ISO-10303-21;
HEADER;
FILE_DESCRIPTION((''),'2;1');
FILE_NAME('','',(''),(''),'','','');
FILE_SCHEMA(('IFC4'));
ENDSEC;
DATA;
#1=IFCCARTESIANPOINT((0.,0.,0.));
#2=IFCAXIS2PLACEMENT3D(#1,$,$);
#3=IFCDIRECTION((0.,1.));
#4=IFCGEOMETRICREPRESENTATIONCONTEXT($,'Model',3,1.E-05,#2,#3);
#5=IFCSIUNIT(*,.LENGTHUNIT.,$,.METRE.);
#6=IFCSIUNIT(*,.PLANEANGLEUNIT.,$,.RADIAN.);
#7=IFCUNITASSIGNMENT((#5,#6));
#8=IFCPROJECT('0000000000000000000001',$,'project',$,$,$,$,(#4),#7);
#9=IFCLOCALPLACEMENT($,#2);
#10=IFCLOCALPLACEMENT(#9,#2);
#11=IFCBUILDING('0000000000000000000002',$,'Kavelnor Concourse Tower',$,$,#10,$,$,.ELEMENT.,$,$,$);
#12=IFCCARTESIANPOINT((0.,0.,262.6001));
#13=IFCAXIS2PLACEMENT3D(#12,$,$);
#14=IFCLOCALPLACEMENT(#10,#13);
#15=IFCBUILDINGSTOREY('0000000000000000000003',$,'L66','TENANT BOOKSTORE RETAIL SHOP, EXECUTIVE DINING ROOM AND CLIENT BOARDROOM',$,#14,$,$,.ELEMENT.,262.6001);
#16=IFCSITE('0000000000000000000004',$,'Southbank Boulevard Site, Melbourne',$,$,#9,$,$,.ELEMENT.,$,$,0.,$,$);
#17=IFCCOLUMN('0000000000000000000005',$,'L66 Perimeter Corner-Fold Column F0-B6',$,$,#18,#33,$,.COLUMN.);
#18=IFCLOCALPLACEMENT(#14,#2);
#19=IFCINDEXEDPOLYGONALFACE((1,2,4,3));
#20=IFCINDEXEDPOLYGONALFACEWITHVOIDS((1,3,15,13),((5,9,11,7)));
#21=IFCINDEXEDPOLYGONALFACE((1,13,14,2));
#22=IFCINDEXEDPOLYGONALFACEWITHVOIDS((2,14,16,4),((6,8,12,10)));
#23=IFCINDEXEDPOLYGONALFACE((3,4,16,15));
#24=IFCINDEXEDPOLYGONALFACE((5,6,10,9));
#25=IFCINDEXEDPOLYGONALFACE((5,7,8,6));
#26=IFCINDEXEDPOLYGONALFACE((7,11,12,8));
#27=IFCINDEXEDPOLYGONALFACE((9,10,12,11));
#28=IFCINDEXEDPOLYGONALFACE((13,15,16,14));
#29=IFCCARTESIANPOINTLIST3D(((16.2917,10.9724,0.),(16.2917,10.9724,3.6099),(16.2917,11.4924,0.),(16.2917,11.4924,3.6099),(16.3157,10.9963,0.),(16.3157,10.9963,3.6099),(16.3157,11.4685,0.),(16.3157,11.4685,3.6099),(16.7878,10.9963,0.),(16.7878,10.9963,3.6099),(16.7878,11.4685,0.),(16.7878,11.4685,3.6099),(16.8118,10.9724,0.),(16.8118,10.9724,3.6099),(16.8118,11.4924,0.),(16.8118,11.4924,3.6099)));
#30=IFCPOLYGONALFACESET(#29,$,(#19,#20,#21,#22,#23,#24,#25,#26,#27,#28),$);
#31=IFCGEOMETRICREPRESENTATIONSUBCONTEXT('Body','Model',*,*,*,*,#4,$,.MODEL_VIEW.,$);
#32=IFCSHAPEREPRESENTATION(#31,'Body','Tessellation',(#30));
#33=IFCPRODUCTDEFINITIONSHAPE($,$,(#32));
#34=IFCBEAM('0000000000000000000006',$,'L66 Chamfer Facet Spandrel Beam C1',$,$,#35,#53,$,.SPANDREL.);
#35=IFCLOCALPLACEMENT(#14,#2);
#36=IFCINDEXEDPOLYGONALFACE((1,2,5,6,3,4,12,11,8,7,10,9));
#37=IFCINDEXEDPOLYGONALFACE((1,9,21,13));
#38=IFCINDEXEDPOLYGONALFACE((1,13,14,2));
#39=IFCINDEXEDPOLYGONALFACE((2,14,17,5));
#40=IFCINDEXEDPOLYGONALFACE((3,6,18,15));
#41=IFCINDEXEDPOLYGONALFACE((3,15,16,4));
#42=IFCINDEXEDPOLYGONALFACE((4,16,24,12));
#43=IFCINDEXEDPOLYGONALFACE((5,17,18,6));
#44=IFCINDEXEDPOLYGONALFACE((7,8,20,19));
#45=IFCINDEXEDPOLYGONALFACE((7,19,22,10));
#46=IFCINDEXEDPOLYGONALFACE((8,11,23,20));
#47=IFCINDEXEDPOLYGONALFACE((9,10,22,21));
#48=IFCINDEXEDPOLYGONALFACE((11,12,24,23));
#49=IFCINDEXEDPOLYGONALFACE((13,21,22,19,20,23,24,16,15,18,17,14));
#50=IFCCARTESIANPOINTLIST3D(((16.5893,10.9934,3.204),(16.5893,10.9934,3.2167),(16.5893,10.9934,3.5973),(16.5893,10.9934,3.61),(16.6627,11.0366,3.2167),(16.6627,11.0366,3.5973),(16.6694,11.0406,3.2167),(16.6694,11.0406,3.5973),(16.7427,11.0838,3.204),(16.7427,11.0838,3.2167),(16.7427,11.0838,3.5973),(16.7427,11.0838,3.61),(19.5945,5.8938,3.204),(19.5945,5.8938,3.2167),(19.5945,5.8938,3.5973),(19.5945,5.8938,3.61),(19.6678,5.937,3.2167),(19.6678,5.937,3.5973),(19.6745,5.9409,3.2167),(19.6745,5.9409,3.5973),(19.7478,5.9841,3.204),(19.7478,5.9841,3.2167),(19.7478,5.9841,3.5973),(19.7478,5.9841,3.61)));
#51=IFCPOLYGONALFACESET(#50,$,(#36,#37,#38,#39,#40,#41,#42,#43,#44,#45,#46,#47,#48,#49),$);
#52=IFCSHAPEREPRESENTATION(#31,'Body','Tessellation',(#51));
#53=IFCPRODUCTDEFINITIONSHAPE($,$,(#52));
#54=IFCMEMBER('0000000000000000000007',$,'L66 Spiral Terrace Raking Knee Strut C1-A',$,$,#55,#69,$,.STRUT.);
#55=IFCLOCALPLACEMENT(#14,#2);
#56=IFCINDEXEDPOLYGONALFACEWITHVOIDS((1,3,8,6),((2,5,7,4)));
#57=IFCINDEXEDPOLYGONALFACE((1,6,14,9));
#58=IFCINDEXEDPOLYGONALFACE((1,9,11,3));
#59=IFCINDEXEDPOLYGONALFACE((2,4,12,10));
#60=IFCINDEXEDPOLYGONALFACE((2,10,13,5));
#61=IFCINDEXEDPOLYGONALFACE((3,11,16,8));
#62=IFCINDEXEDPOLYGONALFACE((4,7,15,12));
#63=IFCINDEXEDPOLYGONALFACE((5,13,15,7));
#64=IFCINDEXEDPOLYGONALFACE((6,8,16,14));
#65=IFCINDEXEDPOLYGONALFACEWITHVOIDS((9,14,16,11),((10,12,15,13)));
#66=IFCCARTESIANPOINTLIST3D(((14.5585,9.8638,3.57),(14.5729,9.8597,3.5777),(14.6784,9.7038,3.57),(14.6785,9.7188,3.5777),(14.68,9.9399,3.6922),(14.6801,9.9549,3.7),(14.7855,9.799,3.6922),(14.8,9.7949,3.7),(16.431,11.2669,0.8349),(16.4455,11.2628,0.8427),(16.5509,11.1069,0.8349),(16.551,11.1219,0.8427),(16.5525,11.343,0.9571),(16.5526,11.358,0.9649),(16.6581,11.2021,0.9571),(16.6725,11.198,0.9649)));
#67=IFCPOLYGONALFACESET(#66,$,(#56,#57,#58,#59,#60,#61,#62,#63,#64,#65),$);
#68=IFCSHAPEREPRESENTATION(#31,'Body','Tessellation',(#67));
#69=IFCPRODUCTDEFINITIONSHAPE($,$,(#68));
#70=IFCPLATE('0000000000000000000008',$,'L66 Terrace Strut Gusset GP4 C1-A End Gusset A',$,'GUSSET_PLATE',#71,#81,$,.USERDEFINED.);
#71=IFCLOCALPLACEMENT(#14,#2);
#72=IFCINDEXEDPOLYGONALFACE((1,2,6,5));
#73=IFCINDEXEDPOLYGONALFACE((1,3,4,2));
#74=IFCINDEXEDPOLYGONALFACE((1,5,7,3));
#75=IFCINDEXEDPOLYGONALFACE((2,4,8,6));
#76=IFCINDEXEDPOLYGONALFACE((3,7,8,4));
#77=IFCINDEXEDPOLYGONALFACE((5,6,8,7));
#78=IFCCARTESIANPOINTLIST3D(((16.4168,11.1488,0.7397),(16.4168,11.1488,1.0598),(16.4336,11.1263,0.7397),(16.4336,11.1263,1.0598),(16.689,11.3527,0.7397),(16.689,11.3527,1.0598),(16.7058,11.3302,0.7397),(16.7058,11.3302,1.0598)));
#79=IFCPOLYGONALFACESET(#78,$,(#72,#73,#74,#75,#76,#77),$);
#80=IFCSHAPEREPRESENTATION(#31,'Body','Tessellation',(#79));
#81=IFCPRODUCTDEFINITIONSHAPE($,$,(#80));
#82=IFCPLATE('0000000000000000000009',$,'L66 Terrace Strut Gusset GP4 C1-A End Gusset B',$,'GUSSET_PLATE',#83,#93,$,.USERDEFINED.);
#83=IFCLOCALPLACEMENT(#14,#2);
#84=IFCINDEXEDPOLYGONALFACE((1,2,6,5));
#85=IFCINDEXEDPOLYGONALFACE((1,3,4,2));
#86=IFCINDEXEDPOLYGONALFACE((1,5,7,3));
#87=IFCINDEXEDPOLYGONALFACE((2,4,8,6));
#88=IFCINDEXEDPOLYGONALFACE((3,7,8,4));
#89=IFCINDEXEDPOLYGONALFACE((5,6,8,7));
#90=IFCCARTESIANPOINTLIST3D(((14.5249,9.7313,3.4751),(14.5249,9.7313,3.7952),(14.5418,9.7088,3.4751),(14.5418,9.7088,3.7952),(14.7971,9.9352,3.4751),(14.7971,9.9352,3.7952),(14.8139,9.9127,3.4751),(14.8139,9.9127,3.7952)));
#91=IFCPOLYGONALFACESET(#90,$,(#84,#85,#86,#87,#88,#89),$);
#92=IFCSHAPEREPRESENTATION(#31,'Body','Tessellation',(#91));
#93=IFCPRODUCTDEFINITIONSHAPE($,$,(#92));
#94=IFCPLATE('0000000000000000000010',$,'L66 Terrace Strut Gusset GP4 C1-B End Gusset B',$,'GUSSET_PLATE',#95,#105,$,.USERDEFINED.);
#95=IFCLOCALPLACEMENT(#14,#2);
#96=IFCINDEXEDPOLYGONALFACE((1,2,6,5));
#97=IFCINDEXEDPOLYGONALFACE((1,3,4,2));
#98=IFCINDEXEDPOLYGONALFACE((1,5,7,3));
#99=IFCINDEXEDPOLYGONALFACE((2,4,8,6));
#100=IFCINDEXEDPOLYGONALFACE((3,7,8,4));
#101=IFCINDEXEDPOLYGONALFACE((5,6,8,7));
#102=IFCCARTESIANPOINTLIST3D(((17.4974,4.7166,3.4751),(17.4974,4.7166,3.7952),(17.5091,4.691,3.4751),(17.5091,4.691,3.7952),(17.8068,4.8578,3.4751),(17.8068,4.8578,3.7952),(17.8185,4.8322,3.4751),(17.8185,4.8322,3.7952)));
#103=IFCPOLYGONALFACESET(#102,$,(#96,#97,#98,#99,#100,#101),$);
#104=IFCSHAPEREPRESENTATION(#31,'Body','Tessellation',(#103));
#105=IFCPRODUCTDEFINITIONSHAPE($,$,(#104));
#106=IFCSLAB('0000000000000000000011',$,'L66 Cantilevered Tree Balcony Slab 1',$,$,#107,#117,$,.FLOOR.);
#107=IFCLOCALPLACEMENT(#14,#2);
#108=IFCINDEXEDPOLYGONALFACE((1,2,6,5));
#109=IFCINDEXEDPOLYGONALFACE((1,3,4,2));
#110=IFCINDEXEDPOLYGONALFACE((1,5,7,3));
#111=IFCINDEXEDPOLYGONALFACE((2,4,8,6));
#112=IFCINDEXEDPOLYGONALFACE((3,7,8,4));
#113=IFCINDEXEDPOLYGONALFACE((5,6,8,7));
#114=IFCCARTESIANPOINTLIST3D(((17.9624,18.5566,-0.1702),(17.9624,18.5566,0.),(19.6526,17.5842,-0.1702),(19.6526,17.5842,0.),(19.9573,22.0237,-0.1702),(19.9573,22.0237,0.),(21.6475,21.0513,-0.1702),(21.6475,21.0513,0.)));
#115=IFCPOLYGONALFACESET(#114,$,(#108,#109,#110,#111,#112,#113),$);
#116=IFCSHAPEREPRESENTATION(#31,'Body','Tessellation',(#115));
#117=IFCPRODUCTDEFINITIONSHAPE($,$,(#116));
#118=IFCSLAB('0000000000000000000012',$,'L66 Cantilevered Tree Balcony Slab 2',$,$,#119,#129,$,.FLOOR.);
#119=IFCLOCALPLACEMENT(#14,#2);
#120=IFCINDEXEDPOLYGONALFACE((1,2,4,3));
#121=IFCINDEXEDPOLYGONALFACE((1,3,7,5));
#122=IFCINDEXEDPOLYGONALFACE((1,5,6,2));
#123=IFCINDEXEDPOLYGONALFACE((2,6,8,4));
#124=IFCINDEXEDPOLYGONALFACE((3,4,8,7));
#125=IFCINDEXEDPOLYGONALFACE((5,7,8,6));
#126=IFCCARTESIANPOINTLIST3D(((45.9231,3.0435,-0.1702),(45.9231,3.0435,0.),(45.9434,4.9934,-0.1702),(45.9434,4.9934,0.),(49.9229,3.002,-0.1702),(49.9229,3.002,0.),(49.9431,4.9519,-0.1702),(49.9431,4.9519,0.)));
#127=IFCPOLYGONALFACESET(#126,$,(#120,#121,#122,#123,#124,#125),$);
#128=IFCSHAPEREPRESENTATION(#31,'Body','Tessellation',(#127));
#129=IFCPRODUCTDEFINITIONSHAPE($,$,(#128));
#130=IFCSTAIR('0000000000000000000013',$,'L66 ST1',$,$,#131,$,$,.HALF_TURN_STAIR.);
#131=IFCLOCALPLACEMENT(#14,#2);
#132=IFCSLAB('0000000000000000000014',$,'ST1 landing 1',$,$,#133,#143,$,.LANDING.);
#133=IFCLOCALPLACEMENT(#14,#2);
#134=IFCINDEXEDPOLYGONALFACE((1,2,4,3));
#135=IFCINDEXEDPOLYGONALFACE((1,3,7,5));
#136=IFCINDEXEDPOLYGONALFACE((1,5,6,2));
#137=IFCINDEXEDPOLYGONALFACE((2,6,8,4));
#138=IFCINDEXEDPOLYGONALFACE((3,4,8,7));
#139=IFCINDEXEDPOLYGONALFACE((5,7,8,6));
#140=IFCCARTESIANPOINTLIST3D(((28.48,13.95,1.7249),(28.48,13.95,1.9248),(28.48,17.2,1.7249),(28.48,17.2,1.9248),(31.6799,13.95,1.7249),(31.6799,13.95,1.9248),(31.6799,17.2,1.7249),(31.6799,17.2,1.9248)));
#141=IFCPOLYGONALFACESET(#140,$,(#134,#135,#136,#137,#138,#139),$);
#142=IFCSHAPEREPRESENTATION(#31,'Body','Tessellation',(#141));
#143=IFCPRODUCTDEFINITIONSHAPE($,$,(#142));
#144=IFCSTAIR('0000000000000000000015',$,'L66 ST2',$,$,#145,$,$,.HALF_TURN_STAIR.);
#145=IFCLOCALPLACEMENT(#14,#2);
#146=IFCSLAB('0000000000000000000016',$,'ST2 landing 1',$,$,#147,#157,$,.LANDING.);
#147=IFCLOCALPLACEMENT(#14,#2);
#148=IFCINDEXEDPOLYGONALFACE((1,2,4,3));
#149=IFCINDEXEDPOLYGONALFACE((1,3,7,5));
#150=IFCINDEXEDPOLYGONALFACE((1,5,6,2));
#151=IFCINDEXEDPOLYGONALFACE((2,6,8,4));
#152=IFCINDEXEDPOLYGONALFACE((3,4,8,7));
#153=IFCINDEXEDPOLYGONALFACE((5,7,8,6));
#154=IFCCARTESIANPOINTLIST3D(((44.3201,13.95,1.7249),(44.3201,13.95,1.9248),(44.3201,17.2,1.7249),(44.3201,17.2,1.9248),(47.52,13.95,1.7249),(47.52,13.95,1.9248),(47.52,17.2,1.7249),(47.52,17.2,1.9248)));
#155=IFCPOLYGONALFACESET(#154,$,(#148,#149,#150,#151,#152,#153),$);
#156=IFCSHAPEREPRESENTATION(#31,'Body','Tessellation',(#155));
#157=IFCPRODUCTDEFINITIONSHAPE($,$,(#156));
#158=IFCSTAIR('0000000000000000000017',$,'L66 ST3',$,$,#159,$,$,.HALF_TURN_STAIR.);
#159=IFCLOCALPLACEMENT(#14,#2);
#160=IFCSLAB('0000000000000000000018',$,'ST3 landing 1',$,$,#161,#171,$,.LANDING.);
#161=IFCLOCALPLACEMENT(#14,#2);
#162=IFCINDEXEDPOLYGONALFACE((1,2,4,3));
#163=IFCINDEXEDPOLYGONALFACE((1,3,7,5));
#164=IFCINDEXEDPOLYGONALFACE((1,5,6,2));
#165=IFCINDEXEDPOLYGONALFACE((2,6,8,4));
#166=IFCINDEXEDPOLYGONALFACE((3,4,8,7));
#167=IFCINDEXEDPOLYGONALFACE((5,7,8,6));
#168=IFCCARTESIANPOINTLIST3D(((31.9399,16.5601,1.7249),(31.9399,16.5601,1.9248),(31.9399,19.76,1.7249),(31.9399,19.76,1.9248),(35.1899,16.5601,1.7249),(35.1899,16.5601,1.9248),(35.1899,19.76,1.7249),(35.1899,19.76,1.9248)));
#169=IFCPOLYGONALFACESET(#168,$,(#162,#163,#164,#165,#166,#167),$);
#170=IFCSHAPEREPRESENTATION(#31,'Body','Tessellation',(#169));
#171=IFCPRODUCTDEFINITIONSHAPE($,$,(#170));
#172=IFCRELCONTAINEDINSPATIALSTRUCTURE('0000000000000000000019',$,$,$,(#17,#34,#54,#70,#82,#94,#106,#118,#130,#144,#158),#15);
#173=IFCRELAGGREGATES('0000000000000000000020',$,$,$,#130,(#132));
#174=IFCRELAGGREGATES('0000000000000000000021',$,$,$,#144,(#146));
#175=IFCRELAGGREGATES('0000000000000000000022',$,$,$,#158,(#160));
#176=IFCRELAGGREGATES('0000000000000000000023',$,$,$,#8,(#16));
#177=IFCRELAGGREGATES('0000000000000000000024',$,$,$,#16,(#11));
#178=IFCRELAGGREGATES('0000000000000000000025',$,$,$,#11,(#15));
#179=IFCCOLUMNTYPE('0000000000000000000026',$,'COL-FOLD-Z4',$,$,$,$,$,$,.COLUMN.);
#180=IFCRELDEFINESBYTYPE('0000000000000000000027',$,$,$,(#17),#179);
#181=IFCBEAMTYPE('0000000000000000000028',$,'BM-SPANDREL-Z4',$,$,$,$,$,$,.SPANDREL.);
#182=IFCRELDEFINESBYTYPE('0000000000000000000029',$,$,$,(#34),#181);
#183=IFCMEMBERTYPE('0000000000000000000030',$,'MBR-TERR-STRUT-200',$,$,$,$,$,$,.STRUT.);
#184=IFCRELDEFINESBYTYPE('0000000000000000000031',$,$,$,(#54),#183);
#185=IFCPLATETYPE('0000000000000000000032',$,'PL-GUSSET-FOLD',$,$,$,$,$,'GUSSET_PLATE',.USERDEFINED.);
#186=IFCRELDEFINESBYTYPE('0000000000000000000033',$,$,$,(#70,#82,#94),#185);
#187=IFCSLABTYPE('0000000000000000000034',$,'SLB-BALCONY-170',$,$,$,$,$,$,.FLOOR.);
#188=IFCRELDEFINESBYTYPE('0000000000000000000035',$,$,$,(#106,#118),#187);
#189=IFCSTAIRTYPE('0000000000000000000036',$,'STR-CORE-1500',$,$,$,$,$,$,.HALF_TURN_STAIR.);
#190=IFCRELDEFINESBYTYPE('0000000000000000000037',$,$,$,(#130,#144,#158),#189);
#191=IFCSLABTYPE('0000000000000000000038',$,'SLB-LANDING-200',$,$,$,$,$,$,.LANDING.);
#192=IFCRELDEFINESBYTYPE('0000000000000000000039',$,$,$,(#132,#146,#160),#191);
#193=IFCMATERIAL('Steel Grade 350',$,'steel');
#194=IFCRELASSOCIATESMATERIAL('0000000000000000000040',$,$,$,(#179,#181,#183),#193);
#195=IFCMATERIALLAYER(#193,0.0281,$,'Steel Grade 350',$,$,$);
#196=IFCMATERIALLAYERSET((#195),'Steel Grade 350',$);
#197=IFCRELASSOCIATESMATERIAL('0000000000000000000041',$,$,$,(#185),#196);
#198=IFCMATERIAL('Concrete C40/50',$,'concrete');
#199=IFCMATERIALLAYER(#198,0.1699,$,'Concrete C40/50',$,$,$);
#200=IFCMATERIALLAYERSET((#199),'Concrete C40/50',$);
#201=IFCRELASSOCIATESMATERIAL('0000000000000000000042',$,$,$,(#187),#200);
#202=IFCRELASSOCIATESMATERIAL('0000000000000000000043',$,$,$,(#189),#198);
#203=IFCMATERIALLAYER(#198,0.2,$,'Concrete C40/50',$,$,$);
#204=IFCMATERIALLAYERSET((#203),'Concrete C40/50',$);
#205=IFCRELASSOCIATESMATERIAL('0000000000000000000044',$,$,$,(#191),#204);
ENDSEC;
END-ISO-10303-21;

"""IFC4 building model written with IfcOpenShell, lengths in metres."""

from ifc_helpers import new_model, si_unit, direction, frame, origin, origin_2d, place, context, subcontext, project, spatial, polyline, rectangle, hollow_rectangle, i_section, outline, extrude, material, layer, layer_set, material_profile, profile_set, type_object, element, aggregate, save


model = new_model("IFC4")

# Units and contexts
model_context = context("Model", 3, precision=1e-05, world=origin(), true_north=direction((0.0, 1.0)))
body_context = subcontext(model_context, "Body", "Model", "MODEL_VIEW")
ifc_project = project(units=[si_unit("LENGTHUNIT", "METRE"), si_unit("PLANEANGLEUNIT", "RADIAN")], contexts=[model_context])

# Site, building, storey
site_placement = place(None, origin())
site = spatial("IfcSite", under=ifc_project, at=site_placement, Name="Southbank Boulevard Site, Melbourne", CompositionType="ELEMENT", RefElevation=0.0)
building_placement = place(site_placement, origin())
building = spatial("IfcBuilding", under=site, at=building_placement, Name="Kavelnor Concourse Tower", CompositionType="ELEMENT")
storey_placement = place(building_placement, frame((0.0, 0.0, 262.6001)))
storey = spatial("IfcBuildingStorey", under=building, at=storey_placement, Name="L66", Description="TENANT BOOKSTORE RETAIL SHOP, EXECUTIVE DINING ROOM AND CLIENT BOARDROOM", CompositionType="ELEMENT", Elevation=262.6001)

# Column
ifc_material_1 = material(Name="Steel Grade 350", Category="steel")
ifc_material_profile_1 = material_profile(ifc_material_1, hollow_rectangle(XDim=0.52, YDim=0.52, WallThickness=0.0239, at=origin_2d()), Name="SHS 520x520x24")
ifc_profile_set_1 = profile_set([ifc_material_profile_1], Name="Steel Grade 350")
column_type = type_object("IfcColumnType", Name="COL-FOLD-Z4", PredefinedType="COLUMN", material=ifc_profile_set_1)
column_placement = place(storey_placement, frame((16.5518, 11.2324, 0.0), z_axis=(0.0, 0.0, 1.0), x_axis=(1.0, 0.0, 0.0)))
element("IfcColumn", 1, at=column_placement, inside=storey, type_object=column_type, Name="L66 Perimeter Corner-Fold Column F0-B6", PredefinedType="COLUMN", context=body_context, shape_type="SweptSolid", body=[
    extrude(hollow_rectangle(XDim=0.52, YDim=0.52, WallThickness=0.0239, at=origin_2d()), origin(), (0.0, 0.0, 1.0), 3.6099),
])

# Beam
ifc_material_profile_2 = material_profile(ifc_material_1, i_section(OverallWidth=0.178, OverallDepth=0.406, WebThickness=0.0078, FlangeThickness=0.0127, at=origin_2d()), Name="410UB59")
ifc_profile_set_2 = profile_set([ifc_material_profile_2], Name="Steel Grade 350")
beam_type = type_object("IfcBeamType", Name="BM-SPANDREL-Z4", PredefinedType="SPANDREL", material=ifc_profile_set_2)
beam_placement = place(storey_placement, frame((16.666, 11.0386, 3.407), z_axis=(0.507692, -0.861538, 0.0), x_axis=(0.861538, 0.507692, 0.0)))
element("IfcBeam", 2, at=beam_placement, inside=storey, type_object=beam_type, Name="L66 Chamfer Facet Spandrel Beam C1", PredefinedType="SPANDREL", context=body_context, shape_type="SweptSolid", body=[
    extrude(i_section(OverallWidth=0.178, OverallDepth=0.406, WebThickness=0.0078, FlangeThickness=0.0127, at=origin_2d()), origin(), (0.0, 0.0, 1.0), 5.9192),
])

# Member
ifc_material_profile_3 = material_profile(ifc_material_1, hollow_rectangle(XDim=0.2, YDim=0.2, WallThickness=0.012, at=origin_2d()), Name="SHS 200x200x12")
ifc_profile_set_3 = profile_set([ifc_material_profile_3], Name="Steel Grade 350")
member_type = type_object("IfcMemberType", Name="MBR-TERR-STRUT-200", PredefinedType="STRUT", material=ifc_profile_set_3)
member_placement = place(storey_placement, frame((16.5518, 11.2324, 0.8999), z_axis=(-0.520237, -0.389805, 0.759872), x_axis=(0.599633, -0.800275, 0.0)))
element("IfcMember", 3, at=member_placement, inside=storey, type_object=member_type, Name="L66 Spiral Terrace Raking Knee Strut C1-A", PredefinedType="STRUT", context=body_context, shape_type="SweptSolid", body=[
    extrude(hollow_rectangle(XDim=0.2, YDim=0.2, WallThickness=0.012, at=origin_2d()), origin(), (0.0, 0.0, 1.0), 3.5994),
])

# Plates
ifc_layer_1 = layer(ifc_material_1, 0.0281, Name="Steel Grade 350")
ifc_layer_set_1 = layer_set([ifc_layer_1], Name="Steel Grade 350")
plate_type = type_object("IfcPlateType", Name="PL-GUSSET-FOLD", ElementType="GUSSET_PLATE", PredefinedType="USERDEFINED", material=ifc_layer_set_1)
for number, where, z_axis, x_axis, name in (
    (4, (16.5613, 11.2395, 0.7397), (0.0, 0.0, 1.0), (-0.800313, -0.599582, 0.0), "L66 Terrace Strut Gusset GP4 C1-A End Gusset A"),
    (5, (14.6694, 9.822, 3.4751), (0.0, 0.0, 1.0), (-0.800313, -0.599582, 0.0), "L66 Terrace Strut Gusset GP4 C1-A End Gusset B"),
    (6, (17.658, 4.7744, 3.4751), (0.0, 0.0, 1.0), (-0.909744, -0.41517, 0.0), "L66 Terrace Strut Gusset GP4 C1-B End Gusset B"),
):
    element("IfcPlate", number, at=place(storey_placement, frame(where, z_axis=z_axis, x_axis=x_axis)), inside=storey, type_object=plate_type, Name=name, ObjectType="GUSSET_PLATE", PredefinedType="USERDEFINED", context=body_context, shape_type="SweptSolid", body=[
        extrude(rectangle(XDim=0.3401, YDim=0.0281, at=origin_2d()), origin(), (0.0, 0.0, 1.0), 0.3201),
    ])

# Slabs
ifc_material_2 = material(Name="Concrete C40/50", Category="concrete")
ifc_layer_2 = layer(ifc_material_2, 0.1699, Name="Concrete C40/50")
ifc_layer_set_2 = layer_set([ifc_layer_2], Name="Concrete C40/50")
slab_type_1 = type_object("IfcSlabType", Name="SLB-BALCONY-170", PredefinedType="FLOOR", material=ifc_layer_set_2)
slab_1_placement = place(storey_placement, frame((0.0, 0.0, -0.1702)))
element("IfcSlab", 7, at=slab_1_placement, inside=storey, type_object=slab_type_1, Name="L66 Cantilevered Tree Balcony Slab 1", PredefinedType="FLOOR", context=body_context, shape_type="SweptSolid", body=[
    extrude(outline(polyline([(17.9624, 18.5566), (19.9573, 22.0237), (21.6475, 21.0513), (19.6526, 17.5842), (17.9624, 18.5566)])), origin(), (0.0, 0.0, 1.0), 0.1702),
])
slab_2_placement = place(storey_placement, frame((0.0, 0.0, -0.1702)))
element("IfcSlab", 8, at=slab_2_placement, inside=storey, type_object=slab_type_1, Name="L66 Cantilevered Tree Balcony Slab 2", PredefinedType="FLOOR", context=body_context, shape_type="SweptSolid", body=[
    extrude(outline(polyline([(49.9229, 3.002), (45.9231, 3.0435), (45.9434, 4.9934), (49.9431, 4.9519), (49.9229, 3.002)])), origin(), (0.0, 0.0, 1.0), 0.1702),
])

# Stairs, slabs
stair_type = type_object("IfcStairType", Name="STR-CORE-1500", PredefinedType="HALF_TURN_STAIR", material=ifc_material_2)
stair_1_placement = place(storey_placement, origin())
stair_1 = element("IfcStair", 9, at=stair_1_placement, inside=storey, type_object=stair_type, Name="L66 ST1", PredefinedType="HALF_TURN_STAIR")
ifc_layer_3 = layer(ifc_material_2, 0.2, Name="Concrete C40/50")
ifc_layer_set_3 = layer_set([ifc_layer_3], Name="Concrete C40/50")
slab_type_2 = type_object("IfcSlabType", Name="SLB-LANDING-200", PredefinedType="LANDING", material=ifc_layer_set_3)
slab_3_placement = place(storey_placement, frame((0.0, 0.0, 1.7249)))
slab_3 = element("IfcSlab", 10, at=slab_3_placement, type_object=slab_type_2, Name="ST1 landing 1", PredefinedType="LANDING", context=body_context, shape_type="SweptSolid", body=[
    extrude(outline(polyline([(31.6799, 13.95), (31.6799, 17.2), (28.48, 17.2), (28.48, 13.95), (31.6799, 13.95)])), origin(), (0.0, 0.0, 1.0), 0.2),
])
aggregate(stair_1, [slab_3])
stair_2_placement = place(storey_placement, origin())
stair_2 = element("IfcStair", 11, at=stair_2_placement, inside=storey, type_object=stair_type, Name="L66 ST2", PredefinedType="HALF_TURN_STAIR")
slab_4_placement = place(storey_placement, frame((0.0, 0.0, 1.7249)))
slab_4 = element("IfcSlab", 12, at=slab_4_placement, type_object=slab_type_2, Name="ST2 landing 1", PredefinedType="LANDING", context=body_context, shape_type="SweptSolid", body=[
    extrude(outline(polyline([(47.52, 13.95), (47.52, 17.2), (44.3201, 17.2), (44.3201, 13.95), (47.52, 13.95)])), origin(), (0.0, 0.0, 1.0), 0.2),
])
aggregate(stair_2, [slab_4])
stair_3_placement = place(storey_placement, origin())
stair_3 = element("IfcStair", 13, at=stair_3_placement, inside=storey, type_object=stair_type, Name="L66 ST3", PredefinedType="HALF_TURN_STAIR")
slab_5_placement = place(storey_placement, frame((0.0, 0.0, 1.7249)))
slab_5 = element("IfcSlab", 14, at=slab_5_placement, type_object=slab_type_2, Name="ST3 landing 1", PredefinedType="LANDING", context=body_context, shape_type="SweptSolid", body=[
    extrude(outline(polyline([(35.1899, 19.76), (31.9399, 19.76), (31.9399, 16.5601), (35.1899, 16.5601), (35.1899, 19.76)])), origin(), (0.0, 0.0, 1.0), 0.2),
])
aggregate(stair_3, [slab_5])

save(model, "model.ifc")
